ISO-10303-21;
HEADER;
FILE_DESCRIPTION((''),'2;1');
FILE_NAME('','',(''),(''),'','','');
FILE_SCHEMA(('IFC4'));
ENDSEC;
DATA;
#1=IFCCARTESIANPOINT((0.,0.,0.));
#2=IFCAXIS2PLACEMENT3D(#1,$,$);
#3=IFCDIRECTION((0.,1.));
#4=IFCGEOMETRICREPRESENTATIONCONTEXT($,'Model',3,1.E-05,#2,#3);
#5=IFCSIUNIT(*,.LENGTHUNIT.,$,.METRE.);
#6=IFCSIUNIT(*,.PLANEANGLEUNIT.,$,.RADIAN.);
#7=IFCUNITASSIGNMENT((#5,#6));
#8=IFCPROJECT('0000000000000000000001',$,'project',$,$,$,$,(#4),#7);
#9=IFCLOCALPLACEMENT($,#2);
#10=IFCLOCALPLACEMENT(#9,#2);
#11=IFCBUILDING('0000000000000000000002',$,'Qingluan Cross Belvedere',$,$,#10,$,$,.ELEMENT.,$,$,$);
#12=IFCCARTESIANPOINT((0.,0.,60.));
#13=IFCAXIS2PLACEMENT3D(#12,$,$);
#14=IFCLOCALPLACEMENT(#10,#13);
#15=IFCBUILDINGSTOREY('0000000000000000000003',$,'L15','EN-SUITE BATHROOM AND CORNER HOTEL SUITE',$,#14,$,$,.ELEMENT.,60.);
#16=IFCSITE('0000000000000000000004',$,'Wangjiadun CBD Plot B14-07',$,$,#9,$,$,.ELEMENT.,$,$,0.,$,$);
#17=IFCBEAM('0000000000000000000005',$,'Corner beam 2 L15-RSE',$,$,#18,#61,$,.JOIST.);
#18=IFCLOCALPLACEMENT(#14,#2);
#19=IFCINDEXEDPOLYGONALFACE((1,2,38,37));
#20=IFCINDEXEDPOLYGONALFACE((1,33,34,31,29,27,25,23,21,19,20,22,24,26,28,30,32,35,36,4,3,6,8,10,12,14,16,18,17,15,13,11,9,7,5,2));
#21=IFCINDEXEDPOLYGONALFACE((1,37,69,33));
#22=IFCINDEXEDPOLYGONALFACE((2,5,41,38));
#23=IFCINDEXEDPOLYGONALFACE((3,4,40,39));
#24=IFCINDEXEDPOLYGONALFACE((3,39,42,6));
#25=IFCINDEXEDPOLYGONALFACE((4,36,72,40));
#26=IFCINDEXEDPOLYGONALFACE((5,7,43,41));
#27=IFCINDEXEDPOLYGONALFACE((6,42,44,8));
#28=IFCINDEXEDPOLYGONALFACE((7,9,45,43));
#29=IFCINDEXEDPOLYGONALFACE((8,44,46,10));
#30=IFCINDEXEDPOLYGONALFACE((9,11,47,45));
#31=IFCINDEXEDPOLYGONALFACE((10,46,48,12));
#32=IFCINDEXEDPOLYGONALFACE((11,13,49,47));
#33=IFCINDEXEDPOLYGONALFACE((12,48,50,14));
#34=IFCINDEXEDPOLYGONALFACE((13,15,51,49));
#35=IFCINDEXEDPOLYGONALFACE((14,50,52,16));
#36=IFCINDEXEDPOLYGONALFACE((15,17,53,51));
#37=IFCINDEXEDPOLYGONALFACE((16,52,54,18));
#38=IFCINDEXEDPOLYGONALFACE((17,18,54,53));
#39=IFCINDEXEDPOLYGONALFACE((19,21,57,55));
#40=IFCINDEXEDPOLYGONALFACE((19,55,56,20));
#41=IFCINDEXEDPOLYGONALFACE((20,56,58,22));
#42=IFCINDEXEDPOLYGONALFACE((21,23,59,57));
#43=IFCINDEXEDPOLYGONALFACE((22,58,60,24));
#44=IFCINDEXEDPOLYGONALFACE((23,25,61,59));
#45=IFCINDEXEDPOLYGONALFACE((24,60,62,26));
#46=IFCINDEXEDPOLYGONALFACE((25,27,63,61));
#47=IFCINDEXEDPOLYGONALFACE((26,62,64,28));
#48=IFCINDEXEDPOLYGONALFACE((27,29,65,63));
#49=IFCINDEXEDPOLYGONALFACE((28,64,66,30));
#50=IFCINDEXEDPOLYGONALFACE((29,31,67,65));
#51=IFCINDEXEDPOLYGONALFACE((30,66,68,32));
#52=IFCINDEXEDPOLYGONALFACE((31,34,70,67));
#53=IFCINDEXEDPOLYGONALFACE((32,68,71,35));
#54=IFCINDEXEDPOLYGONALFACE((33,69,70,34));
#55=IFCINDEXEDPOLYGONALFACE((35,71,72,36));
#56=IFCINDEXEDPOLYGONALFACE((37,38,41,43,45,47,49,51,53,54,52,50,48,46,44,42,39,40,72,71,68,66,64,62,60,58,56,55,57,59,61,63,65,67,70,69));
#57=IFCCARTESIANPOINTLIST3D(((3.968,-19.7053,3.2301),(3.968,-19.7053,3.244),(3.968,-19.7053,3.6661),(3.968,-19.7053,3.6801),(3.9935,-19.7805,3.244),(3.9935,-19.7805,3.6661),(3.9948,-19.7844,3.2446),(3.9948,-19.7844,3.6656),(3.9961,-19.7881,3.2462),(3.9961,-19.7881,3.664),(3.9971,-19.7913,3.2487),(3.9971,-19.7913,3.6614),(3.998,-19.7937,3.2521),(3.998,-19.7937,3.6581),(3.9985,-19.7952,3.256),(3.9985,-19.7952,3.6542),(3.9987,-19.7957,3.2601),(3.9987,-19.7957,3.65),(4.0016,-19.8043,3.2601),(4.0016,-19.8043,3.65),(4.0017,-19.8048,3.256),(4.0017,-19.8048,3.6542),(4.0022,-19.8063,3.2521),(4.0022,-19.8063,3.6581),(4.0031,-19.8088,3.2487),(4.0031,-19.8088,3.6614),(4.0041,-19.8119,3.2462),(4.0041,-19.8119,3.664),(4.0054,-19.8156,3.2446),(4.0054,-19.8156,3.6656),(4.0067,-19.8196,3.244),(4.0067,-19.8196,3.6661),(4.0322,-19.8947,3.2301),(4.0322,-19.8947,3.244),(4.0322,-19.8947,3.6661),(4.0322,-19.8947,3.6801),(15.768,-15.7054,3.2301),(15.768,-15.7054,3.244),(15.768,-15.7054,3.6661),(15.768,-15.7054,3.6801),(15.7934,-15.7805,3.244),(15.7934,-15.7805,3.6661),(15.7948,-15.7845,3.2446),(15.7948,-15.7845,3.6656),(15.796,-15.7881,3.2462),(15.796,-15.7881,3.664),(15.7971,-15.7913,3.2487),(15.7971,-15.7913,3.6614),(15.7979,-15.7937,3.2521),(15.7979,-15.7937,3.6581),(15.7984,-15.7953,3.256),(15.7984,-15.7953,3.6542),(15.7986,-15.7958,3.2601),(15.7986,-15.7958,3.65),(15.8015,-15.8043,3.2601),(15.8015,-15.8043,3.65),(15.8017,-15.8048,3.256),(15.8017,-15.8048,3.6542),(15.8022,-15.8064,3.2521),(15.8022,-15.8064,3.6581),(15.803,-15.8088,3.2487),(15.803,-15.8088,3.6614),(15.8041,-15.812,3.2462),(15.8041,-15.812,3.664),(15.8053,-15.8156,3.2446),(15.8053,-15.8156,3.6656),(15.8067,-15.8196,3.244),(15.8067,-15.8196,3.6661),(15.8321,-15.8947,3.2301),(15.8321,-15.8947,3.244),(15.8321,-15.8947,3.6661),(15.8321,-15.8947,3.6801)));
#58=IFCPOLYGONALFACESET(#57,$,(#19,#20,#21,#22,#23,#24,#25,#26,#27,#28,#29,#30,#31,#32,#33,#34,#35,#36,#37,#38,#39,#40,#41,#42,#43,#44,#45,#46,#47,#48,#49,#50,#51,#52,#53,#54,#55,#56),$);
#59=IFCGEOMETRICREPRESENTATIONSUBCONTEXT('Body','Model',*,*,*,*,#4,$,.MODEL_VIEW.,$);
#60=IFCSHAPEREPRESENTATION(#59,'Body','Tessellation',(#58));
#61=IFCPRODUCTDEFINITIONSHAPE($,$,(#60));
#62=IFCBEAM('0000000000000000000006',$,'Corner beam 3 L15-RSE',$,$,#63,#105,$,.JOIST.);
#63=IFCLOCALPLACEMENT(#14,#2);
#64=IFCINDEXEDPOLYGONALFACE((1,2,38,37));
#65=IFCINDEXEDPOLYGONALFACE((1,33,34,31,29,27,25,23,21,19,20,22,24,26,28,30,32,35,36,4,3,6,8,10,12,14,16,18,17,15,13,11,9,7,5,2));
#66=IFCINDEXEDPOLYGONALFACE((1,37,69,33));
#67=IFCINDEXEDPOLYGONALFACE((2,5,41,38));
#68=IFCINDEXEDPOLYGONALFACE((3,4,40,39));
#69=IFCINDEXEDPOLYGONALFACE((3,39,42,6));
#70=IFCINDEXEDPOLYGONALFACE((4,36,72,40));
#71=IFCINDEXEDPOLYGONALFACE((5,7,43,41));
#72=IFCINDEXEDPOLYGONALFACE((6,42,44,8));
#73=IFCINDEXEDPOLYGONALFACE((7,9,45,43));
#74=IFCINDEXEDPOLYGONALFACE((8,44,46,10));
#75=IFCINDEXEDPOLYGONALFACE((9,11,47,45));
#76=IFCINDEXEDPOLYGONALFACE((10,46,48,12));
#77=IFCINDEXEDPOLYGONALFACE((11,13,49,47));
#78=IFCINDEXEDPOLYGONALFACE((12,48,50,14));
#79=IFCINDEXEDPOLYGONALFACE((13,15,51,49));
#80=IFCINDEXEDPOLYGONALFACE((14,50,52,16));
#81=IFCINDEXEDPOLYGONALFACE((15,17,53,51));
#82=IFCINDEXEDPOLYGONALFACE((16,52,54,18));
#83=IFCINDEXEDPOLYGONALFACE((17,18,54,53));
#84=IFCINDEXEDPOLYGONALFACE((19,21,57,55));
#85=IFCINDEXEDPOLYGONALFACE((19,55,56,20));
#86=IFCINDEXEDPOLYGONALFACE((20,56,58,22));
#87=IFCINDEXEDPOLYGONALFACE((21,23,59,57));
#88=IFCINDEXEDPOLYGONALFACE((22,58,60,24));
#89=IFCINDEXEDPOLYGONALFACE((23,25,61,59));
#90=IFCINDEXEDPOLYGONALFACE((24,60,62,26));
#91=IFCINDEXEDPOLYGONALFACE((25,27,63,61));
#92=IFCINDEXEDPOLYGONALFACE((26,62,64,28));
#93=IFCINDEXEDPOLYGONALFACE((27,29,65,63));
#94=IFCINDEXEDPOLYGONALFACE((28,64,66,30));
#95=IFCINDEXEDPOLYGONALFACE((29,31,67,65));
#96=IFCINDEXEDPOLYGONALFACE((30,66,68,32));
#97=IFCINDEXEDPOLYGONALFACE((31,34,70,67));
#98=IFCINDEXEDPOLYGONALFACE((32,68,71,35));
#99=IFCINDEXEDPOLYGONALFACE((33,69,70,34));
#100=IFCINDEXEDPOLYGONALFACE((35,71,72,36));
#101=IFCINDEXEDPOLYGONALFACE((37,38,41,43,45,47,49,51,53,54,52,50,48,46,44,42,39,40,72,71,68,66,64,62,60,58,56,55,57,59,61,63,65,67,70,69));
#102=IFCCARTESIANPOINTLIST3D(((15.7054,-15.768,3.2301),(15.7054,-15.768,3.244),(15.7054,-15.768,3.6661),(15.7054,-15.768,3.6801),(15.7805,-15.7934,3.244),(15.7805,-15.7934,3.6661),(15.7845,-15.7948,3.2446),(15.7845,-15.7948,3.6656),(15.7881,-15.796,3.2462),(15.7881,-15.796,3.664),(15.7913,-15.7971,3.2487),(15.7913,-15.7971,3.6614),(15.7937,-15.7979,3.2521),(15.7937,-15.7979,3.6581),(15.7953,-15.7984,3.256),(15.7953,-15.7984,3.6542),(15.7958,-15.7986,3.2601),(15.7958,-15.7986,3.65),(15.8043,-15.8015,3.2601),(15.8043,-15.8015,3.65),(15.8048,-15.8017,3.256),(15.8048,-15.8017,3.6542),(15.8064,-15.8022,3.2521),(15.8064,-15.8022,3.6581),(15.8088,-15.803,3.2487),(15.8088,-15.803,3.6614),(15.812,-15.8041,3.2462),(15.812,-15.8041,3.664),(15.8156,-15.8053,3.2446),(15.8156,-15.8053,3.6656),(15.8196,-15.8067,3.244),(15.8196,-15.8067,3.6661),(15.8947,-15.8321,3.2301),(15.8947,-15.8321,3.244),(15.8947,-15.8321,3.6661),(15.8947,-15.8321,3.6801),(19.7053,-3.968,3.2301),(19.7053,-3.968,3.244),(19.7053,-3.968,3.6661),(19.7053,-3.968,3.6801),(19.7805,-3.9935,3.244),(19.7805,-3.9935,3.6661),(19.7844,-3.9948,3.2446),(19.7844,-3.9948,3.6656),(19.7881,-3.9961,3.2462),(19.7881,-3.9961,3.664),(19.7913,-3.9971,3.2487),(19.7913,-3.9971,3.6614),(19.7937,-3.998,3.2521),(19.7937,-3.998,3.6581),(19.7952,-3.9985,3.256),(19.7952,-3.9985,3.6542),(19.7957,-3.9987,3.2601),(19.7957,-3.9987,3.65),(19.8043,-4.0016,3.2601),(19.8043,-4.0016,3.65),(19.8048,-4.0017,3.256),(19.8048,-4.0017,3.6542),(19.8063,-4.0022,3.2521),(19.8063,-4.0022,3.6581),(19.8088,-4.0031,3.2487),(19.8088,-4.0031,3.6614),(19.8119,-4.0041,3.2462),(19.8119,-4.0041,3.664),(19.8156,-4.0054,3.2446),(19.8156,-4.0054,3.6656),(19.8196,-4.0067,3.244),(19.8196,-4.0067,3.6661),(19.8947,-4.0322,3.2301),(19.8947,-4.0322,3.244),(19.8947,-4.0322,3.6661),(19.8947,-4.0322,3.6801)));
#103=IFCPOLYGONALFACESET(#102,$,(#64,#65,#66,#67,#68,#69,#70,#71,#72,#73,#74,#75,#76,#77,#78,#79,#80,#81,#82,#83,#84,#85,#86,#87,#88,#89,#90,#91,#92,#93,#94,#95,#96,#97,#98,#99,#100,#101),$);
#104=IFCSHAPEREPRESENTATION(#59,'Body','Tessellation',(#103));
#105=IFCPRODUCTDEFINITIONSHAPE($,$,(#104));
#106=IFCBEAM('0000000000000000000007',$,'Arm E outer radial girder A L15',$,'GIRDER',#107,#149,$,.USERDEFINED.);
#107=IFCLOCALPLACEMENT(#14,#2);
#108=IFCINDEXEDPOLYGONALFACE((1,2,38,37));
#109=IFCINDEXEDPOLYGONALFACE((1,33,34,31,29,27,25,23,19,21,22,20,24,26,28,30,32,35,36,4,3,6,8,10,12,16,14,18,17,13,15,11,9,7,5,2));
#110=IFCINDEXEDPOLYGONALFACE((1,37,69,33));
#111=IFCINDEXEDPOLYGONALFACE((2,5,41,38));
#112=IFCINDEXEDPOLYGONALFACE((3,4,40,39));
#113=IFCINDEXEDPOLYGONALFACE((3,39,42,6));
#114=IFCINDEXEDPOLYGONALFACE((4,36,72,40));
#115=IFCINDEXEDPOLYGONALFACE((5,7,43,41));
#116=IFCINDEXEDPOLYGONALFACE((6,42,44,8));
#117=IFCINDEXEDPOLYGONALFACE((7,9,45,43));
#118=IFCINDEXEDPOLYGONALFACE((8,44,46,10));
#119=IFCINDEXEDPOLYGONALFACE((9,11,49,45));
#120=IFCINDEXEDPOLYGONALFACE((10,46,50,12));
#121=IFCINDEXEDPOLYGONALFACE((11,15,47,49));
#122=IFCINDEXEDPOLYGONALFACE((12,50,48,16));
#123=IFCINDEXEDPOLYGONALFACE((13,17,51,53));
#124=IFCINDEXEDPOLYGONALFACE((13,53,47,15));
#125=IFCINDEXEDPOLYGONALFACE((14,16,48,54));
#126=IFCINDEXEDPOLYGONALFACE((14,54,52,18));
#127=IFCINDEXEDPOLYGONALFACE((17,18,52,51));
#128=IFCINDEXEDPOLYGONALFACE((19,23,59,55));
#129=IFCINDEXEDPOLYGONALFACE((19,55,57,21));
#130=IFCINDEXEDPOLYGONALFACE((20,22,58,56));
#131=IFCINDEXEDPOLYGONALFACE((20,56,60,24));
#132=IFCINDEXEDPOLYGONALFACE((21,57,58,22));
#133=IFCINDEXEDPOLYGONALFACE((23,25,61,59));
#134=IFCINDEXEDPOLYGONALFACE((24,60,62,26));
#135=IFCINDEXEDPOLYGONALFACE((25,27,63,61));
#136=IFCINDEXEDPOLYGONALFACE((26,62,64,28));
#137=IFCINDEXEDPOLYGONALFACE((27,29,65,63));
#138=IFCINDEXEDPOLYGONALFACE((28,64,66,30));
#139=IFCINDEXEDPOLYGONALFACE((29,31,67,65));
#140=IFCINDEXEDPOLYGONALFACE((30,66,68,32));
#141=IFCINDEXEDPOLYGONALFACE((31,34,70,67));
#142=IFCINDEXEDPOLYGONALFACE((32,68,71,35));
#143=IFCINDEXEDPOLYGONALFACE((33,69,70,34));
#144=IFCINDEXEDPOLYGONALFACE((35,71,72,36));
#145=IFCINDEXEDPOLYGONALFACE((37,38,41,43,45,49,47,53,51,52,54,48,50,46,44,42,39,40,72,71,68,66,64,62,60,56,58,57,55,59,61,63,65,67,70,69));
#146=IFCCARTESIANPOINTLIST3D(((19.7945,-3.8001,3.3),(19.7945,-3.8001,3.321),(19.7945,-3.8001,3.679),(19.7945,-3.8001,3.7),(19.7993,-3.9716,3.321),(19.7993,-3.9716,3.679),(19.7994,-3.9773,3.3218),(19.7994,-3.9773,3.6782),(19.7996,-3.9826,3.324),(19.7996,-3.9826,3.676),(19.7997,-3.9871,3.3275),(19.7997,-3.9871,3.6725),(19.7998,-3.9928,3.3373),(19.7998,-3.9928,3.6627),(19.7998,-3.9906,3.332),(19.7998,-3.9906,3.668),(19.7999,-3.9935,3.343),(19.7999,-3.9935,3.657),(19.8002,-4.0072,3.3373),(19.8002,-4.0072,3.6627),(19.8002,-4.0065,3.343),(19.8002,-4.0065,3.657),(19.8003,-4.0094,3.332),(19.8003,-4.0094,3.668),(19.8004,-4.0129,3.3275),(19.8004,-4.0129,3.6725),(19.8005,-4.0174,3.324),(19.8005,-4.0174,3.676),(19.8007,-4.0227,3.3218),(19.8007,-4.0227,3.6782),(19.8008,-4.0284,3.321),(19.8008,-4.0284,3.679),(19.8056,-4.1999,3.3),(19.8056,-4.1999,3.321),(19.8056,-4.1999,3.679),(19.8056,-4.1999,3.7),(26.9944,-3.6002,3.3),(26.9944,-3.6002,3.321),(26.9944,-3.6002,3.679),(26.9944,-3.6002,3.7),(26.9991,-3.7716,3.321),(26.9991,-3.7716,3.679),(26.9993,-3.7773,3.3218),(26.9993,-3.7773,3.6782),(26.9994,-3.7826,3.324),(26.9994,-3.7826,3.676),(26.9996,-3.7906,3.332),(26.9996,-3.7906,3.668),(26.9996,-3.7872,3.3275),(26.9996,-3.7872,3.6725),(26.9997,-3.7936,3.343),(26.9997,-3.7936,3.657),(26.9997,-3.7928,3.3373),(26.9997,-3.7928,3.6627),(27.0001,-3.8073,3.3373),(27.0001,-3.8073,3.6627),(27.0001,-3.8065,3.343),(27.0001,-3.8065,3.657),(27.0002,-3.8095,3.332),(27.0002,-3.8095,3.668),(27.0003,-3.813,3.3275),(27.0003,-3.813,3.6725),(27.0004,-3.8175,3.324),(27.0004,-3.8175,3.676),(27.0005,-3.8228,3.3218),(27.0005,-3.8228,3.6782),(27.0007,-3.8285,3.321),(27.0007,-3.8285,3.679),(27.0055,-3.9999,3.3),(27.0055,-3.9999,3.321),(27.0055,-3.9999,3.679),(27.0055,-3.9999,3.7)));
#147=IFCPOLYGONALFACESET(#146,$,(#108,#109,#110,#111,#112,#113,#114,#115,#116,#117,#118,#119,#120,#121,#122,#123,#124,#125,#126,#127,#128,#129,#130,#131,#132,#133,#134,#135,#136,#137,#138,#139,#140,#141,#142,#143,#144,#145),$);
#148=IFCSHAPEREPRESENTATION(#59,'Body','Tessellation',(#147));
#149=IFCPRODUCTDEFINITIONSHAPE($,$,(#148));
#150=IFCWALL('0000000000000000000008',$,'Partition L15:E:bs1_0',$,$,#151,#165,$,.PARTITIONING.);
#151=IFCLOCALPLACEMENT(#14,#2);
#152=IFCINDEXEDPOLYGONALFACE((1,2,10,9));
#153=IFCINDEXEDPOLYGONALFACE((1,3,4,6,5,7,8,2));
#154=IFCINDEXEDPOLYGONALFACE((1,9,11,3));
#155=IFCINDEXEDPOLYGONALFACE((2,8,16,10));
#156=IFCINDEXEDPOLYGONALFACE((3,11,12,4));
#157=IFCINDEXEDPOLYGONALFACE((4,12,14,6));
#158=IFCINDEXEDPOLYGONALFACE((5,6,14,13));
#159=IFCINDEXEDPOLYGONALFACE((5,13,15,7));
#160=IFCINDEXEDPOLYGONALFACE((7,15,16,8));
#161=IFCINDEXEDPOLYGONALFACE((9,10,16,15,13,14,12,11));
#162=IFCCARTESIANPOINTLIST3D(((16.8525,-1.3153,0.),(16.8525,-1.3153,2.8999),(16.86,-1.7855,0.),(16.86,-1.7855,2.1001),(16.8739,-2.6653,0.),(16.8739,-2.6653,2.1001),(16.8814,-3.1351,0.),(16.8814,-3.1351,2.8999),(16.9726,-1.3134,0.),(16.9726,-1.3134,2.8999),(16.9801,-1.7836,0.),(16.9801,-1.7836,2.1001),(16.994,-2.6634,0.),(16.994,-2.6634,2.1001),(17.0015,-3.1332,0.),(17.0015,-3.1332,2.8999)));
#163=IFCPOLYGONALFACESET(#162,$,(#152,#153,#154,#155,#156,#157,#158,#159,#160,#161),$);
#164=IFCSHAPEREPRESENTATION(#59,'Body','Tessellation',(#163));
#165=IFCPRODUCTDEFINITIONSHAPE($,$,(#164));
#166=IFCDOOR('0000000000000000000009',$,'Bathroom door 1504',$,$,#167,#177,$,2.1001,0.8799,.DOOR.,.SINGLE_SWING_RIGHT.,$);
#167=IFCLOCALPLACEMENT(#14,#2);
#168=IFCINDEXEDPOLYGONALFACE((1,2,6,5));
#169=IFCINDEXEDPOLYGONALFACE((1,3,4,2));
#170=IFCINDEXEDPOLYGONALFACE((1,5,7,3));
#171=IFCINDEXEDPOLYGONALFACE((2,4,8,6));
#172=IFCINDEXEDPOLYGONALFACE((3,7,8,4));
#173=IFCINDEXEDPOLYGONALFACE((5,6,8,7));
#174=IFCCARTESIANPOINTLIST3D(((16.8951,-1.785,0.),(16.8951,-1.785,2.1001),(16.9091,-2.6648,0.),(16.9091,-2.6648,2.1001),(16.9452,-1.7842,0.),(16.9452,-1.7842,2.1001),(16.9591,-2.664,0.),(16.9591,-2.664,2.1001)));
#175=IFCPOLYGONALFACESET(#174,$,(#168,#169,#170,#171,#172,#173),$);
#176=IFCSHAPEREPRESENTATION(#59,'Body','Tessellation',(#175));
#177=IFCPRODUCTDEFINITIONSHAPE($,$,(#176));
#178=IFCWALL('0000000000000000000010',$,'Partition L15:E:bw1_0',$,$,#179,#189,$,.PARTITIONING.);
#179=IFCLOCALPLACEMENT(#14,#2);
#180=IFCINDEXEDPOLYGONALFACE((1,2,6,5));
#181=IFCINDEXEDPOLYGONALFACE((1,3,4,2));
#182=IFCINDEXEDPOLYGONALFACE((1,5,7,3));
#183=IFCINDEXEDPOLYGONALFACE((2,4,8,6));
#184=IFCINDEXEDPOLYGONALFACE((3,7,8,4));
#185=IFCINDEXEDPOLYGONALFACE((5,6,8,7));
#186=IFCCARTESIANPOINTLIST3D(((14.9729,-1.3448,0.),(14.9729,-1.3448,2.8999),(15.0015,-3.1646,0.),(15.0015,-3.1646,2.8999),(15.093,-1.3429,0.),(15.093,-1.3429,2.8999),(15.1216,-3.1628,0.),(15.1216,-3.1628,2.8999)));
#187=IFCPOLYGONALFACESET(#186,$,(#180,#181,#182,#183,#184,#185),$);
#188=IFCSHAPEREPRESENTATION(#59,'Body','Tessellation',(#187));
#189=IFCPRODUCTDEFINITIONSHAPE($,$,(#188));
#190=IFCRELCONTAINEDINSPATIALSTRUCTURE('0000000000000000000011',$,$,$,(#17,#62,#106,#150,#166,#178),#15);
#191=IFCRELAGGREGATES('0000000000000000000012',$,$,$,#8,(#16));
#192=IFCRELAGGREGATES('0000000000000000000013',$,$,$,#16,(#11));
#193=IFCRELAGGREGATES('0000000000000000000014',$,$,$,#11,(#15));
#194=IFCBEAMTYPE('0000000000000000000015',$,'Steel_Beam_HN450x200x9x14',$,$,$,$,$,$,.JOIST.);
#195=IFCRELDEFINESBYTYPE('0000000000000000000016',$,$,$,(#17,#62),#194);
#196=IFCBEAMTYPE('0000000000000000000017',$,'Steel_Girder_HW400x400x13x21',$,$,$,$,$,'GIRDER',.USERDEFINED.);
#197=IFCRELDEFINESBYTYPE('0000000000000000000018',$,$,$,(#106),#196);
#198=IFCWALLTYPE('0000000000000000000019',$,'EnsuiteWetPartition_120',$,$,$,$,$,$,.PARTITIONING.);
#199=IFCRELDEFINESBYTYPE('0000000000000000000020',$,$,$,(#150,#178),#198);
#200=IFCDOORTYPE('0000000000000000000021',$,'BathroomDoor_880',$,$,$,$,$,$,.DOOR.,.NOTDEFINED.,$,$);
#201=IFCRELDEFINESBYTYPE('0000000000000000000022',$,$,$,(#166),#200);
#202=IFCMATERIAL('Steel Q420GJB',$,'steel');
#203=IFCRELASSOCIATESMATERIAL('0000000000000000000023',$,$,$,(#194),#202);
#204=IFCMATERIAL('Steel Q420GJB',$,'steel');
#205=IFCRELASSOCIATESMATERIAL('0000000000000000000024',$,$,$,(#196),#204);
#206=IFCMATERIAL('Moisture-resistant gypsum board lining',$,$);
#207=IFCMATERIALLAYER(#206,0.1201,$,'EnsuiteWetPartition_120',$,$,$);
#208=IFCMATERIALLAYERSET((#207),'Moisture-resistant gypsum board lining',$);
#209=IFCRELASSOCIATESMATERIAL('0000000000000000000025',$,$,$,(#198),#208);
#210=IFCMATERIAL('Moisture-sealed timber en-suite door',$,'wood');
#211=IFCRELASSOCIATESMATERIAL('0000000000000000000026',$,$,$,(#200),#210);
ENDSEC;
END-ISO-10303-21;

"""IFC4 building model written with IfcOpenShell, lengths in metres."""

from ifc_helpers import new_model, si_unit, direction, frame, frame_2d, origin, origin_2d, place, context, subcontext, project, spatial, rectangle, i_section, extrude, material, layer, layer_set, material_profile, profile_set, type_object, element, fill, save


model = new_model("IFC4")

# Units and contexts
model_context = context("Model", 3, precision=1e-05, world=origin(), true_north=direction((0.0, 1.0)))
body_context = subcontext(model_context, "Body", "Model", "MODEL_VIEW")
ifc_project = project(units=[si_unit("LENGTHUNIT", "METRE"), si_unit("PLANEANGLEUNIT", "RADIAN")], contexts=[model_context])

# Site, building, storey
site_placement = place(None, origin())
site = spatial("IfcSite", under=ifc_project, at=site_placement, Name="Wangjiadun CBD Plot B14-07", CompositionType="ELEMENT", RefElevation=0.0)
building_placement = place(site_placement, origin())
building = spatial("IfcBuilding", under=site, at=building_placement, Name="Qingluan Cross Belvedere", CompositionType="ELEMENT")
storey_placement = place(building_placement, frame((0.0, 0.0, 60.0)))
storey = spatial("IfcBuildingStorey", under=building, at=storey_placement, Name="L15", Description="EN-SUITE BATHROOM AND CORNER HOTEL SUITE", CompositionType="ELEMENT", Elevation=60.0)

# Beams
ifc_material_1 = material(Name="Steel Q420GJB", Category="steel")
ifc_material_profile_1 = material_profile(ifc_material_1, i_section(OverallWidth=0.2, OverallDepth=0.45, WebThickness=0.009, FlangeThickness=0.0139, FilletRadius=0.0161, at=origin_2d()), Name="HN450x200x9x14")
ifc_profile_set_1 = profile_set([ifc_material_profile_1], Name="Steel Q420GJB")
beam_type_1 = type_object("IfcBeamType", Name="Steel_Beam_HN450x200x9x14", PredefinedType="JOIST", material=ifc_profile_set_1)
for number, where, z_axis, x_axis, name in (
    (1, (15.8, -15.8, 3.4551), (-0.947066, -0.321038, 0.0), (0.321038, -0.947066, 0.0), "Corner beam 2 L15-RSE"),
    (2, (15.8, -15.8, 3.4551), (0.321038, 0.947066, 0.0), (-0.947066, 0.321038, 0.0), "Corner beam 3 L15-RSE"),
):
    element("IfcBeam", number, at=place(storey_placement, frame(where, z_axis=z_axis, x_axis=x_axis)), inside=storey, type_object=beam_type_1, Name=name, PredefinedType="JOIST", context=body_context, shape_type="SweptSolid", body=[
        extrude(i_section(OverallWidth=0.2, OverallDepth=0.45, WebThickness=0.009, FlangeThickness=0.0139, FilletRadius=0.0161, at=origin_2d()), origin(), (0.0, 0.0, 1.0), 12.4595),
    ])
ifc_material_2 = material(Name="Steel Q420GJB", Category="steel")
ifc_material_profile_2 = material_profile(ifc_material_2, i_section(OverallWidth=0.3999, OverallDepth=0.3999, WebThickness=0.0129, FlangeThickness=0.021, FilletRadius=0.022, at=origin_2d()), Name="HW400x400x13x21")
ifc_profile_set_2 = profile_set([ifc_material_profile_2], Name="Steel Q420GJB")
beam_type_2 = type_object("IfcBeamType", Name="Steel_Girder_HW400x400x13x21", ElementType="GIRDER", PredefinedType="USERDEFINED", material=ifc_profile_set_2)
beam_1_placement = place(storey_placement, frame((19.8, -4.0, 3.5), z_axis=(0.999615, 0.02776, 0.0), x_axis=(-0.02776, 0.999615, 0.0)))
element("IfcBeam", 3, at=beam_1_placement, inside=storey, type_object=beam_type_2, Name="Arm E outer radial girder A L15", ObjectType="GIRDER", PredefinedType="USERDEFINED", context=body_context, shape_type="SweptSolid", body=[
    extrude(i_section(OverallWidth=0.3999, OverallDepth=0.3999, WebThickness=0.0129, FlangeThickness=0.021, FilletRadius=0.022, at=origin_2d()), origin(), (0.0, 0.0, 1.0), 7.2026),
])

# Wall, opening, door
ifc_material_3 = material(Name="Moisture-resistant gypsum board lining")
ifc_layer_1 = layer(ifc_material_3, 0.1201, Name="EnsuiteWetPartition_120")
ifc_layer_set_1 = layer_set([ifc_layer_1], Name="Moisture-resistant gypsum board lining")
wall_type_1 = type_object("IfcWallType", Name="EnsuiteWetPartition_120", PredefinedType="PARTITIONING", material=ifc_layer_set_1)
wall_1_placement = place(storey_placement, frame((16.9414, -3.1343, 0.0), z_axis=(0.0, 0.0, 1.0), x_axis=(-0.015828, 0.999875, 0.0)))
wall_1 = element("IfcWall", 4, at=wall_1_placement, inside=storey, type_object=wall_type_1, Name="Partition L15:E:bs1_0", PredefinedType="PARTITIONING", context=body_context, shape_type="SweptSolid", body=[
    extrude(rectangle(XDim=1.8201, YDim=0.1201, at=frame_2d((0.9102, 0.0))), origin(), (0.0, 0.0, 1.0), 2.8999),
])
opening_1_placement = place(wall_1_placement, frame((0.47, 0.0, 0.0)))
opening_1 = element("IfcOpeningElement", 5, at=opening_1_placement, cuts=wall_1, PredefinedType="OPENING", context=body_context, shape_type="SweptSolid", body=[
    extrude(rectangle(XDim=0.8799, YDim=2.1001, at=frame_2d((0.4399, 1.05))), frame((0.0, 0.0701, 0.0), z_axis=(0.0, -1.0, 0.0), x_axis=(1.0, 0.0, 0.0)), (0.0, 0.0, 1.0), 0.1401),
])
ifc_material_4 = material(Name="Moisture-sealed timber en-suite door", Category="wood")
door_type = type_object("IfcDoorType", Name="BathroomDoor_880", OperationType="NOTDEFINED", PredefinedType="DOOR", material=ifc_material_4)
door_1_placement = place(opening_1_placement, origin())
door_1 = element("IfcDoor", 6, at=door_1_placement, inside=storey, type_object=door_type, Name="Bathroom door 1504", OperationType="SINGLE_SWING_RIGHT", OverallHeight=2.1001, OverallWidth=0.8799, PredefinedType="DOOR", context=body_context, shape_type="SweptSolid", body=[
    extrude(rectangle(XDim=0.8799, YDim=2.1001, at=frame_2d((0.4399, 1.05))), frame((0.0, 0.0249, 0.0), z_axis=(0.0, -1.0, 0.0), x_axis=(1.0, 0.0, 0.0)), (0.0, 0.0, 1.0), 0.05),
])
fill(opening_1, door_1)

# Wall
wall_2_placement = place(storey_placement, frame((15.0615, -3.1638, 0.0), z_axis=(0.0, 0.0, 1.0), x_axis=(-0.015694, 0.999877, 0.0)))
element("IfcWall", 7, at=wall_2_placement, inside=storey, type_object=wall_type_1, Name="Partition L15:E:bw1_0", PredefinedType="PARTITIONING", context=body_context, shape_type="SweptSolid", body=[
    extrude(rectangle(XDim=1.8201, YDim=0.1201, at=frame_2d((0.9102, 0.0))), origin(), (0.0, 0.0, 1.0), 2.8999),
])

save(model, "model.ifc")
